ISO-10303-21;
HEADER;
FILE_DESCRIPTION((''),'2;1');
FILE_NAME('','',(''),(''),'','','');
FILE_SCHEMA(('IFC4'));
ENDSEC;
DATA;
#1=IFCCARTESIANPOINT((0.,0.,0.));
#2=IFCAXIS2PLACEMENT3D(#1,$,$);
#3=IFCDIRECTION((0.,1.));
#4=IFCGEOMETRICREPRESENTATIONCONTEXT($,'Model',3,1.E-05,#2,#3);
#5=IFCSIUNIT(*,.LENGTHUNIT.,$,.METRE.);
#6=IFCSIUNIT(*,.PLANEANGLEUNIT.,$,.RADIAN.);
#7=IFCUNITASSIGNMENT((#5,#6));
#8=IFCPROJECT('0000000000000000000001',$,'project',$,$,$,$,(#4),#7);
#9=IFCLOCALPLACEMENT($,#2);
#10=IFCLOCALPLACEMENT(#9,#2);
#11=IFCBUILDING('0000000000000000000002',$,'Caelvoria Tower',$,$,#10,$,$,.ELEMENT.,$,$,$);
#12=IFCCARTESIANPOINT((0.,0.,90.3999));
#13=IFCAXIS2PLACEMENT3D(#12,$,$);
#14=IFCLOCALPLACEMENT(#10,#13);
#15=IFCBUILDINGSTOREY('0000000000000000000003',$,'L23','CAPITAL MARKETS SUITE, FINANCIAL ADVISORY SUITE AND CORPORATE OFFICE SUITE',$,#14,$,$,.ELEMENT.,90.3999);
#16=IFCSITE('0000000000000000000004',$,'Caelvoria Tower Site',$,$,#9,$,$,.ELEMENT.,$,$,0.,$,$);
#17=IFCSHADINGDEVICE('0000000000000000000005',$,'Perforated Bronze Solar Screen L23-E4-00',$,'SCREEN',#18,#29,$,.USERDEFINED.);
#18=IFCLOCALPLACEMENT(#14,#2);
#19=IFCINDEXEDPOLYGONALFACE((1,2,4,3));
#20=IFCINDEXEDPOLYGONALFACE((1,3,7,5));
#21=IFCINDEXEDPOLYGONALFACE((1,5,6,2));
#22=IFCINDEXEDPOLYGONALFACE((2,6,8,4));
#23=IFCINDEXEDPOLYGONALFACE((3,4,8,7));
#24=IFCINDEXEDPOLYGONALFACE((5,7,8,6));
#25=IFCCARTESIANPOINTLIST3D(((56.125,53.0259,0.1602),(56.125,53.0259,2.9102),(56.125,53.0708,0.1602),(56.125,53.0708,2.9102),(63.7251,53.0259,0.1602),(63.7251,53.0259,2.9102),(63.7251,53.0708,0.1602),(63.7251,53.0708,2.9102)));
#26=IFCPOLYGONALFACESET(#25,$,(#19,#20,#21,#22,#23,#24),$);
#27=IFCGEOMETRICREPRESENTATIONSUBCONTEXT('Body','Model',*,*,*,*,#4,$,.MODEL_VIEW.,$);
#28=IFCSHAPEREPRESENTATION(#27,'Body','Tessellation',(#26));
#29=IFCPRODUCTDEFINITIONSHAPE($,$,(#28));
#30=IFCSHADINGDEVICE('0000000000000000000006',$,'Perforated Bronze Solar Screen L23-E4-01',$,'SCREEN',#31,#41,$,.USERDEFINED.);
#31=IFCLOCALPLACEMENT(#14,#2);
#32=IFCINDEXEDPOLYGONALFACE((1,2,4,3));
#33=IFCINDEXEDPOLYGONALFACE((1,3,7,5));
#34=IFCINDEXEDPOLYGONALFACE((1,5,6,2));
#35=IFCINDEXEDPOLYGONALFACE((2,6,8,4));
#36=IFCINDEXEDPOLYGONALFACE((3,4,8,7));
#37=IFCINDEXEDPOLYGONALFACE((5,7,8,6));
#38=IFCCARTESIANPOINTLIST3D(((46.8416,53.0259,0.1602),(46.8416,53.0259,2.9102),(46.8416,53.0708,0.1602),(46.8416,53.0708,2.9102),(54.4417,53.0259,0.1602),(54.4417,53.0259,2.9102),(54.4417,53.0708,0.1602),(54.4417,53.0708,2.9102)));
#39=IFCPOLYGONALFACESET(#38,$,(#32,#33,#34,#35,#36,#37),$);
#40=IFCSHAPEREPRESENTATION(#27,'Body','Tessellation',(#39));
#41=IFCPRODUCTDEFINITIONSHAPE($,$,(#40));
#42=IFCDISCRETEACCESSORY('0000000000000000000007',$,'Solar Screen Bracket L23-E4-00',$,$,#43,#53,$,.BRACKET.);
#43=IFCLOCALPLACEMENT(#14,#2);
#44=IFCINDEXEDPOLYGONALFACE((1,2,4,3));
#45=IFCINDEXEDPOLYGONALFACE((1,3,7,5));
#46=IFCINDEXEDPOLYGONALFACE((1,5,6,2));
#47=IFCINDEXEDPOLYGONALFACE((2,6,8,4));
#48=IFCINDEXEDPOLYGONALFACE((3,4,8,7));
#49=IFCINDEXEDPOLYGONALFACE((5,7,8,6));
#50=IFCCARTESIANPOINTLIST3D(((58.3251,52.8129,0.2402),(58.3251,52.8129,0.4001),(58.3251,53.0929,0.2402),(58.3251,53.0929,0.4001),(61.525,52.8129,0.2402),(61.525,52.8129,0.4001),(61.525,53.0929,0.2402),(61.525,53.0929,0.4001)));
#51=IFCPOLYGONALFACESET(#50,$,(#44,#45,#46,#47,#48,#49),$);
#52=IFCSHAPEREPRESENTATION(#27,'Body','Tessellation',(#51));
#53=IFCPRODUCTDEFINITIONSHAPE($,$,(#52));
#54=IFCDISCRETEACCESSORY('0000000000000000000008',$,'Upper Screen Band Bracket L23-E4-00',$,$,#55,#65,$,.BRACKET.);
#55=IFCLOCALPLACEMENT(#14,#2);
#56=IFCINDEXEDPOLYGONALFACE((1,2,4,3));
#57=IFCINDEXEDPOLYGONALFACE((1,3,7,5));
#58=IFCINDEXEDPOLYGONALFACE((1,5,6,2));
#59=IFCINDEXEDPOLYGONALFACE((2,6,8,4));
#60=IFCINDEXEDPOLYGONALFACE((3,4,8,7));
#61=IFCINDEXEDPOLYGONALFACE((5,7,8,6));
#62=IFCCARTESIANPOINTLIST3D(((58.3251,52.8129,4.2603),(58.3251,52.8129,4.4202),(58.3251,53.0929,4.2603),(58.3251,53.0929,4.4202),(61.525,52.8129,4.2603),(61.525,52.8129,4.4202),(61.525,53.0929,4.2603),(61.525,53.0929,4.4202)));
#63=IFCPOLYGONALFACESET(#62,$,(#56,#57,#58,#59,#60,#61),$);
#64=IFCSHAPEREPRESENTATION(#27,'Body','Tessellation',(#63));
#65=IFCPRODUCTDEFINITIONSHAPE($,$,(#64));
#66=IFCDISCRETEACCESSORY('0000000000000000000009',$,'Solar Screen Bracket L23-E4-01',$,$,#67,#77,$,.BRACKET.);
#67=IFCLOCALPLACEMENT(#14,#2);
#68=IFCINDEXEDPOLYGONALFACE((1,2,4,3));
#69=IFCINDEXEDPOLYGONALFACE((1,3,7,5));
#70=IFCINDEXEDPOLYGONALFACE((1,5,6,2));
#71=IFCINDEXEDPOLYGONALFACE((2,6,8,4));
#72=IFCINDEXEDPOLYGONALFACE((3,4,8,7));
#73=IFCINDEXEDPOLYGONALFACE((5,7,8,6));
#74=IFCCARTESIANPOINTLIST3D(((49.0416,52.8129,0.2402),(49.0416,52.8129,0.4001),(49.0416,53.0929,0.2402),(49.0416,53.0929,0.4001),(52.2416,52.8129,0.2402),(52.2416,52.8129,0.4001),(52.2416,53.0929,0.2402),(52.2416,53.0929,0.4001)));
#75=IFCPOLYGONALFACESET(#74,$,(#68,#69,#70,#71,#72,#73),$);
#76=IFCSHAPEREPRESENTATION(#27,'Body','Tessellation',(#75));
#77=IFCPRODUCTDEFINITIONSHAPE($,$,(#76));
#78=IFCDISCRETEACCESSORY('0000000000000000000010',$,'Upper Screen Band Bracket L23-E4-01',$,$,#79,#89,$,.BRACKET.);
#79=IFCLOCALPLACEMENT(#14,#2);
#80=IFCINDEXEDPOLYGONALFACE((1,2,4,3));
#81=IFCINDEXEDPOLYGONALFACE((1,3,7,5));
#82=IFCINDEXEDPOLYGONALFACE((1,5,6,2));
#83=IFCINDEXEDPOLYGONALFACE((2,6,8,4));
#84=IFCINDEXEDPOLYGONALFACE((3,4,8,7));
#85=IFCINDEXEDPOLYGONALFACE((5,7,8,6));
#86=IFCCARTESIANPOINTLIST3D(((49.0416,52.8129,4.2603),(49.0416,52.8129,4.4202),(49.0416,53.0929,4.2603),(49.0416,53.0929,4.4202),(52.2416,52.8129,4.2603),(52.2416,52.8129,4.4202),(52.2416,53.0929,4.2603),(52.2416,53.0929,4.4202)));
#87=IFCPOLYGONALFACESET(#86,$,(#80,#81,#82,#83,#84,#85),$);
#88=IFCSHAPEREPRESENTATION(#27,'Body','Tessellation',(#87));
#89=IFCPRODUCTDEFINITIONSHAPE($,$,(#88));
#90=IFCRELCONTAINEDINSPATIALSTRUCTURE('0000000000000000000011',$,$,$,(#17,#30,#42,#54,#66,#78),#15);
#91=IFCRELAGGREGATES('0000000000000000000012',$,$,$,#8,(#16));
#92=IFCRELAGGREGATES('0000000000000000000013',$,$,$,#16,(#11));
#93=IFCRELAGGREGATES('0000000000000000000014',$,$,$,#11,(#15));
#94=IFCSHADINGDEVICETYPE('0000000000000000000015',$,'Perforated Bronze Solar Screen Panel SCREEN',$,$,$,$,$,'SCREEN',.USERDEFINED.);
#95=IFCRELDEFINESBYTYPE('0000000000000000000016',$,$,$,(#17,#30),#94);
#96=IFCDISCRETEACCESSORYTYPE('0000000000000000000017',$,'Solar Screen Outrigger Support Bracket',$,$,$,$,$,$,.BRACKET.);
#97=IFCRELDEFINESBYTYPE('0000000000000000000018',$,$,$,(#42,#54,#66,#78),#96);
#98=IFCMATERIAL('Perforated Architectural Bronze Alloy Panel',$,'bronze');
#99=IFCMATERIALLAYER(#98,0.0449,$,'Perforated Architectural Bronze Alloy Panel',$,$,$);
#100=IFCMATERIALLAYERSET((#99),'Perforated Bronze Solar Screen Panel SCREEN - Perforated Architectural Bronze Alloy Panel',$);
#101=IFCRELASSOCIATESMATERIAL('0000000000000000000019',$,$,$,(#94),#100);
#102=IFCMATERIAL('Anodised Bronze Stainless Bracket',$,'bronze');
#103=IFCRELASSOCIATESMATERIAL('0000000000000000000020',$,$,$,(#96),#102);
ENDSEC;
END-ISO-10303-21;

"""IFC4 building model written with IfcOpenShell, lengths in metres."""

from ifc_helpers import new_model, si_unit, direction, frame, origin, origin_2d, place, context, subcontext, project, spatial, rectangle, extrude, material, layer, layer_set, type_object, element, save


model = new_model("IFC4")

# Units and contexts
model_context = context("Model", 3, precision=1e-05, world=origin(), true_north=direction((0.0, 1.0)))
body_context = subcontext(model_context, "Body", "Model", "MODEL_VIEW")
ifc_project = project(units=[si_unit("LENGTHUNIT", "METRE"), si_unit("PLANEANGLEUNIT", "RADIAN")], contexts=[model_context])

# Site, building, storey
site_placement = place(None, origin())
site = spatial("IfcSite", under=ifc_project, at=site_placement, Name="Caelvoria Tower Site", CompositionType="ELEMENT", RefElevation=0.0)
building_placement = place(site_placement, origin())
building = spatial("IfcBuilding", under=site, at=building_placement, Name="Caelvoria Tower", CompositionType="ELEMENT")
storey_placement = place(building_placement, frame((0.0, 0.0, 90.3999)))
storey = spatial("IfcBuildingStorey", under=building, at=storey_placement, Name="L23", Description="CAPITAL MARKETS SUITE, FINANCIAL ADVISORY SUITE AND CORPORATE OFFICE SUITE", CompositionType="ELEMENT", Elevation=90.3999)

# Shading devices
ifc_material_1 = material(Name="Perforated Architectural Bronze Alloy Panel", Category="bronze")
ifc_layer_1 = layer(ifc_material_1, 0.0449, Name="Perforated Architectural Bronze Alloy Panel")
ifc_layer_set_1 = layer_set([ifc_layer_1], Name="Perforated Bronze Solar Screen Panel SCREEN - Perforated Architectural Bronze Alloy Panel")
shading_device_type = type_object("IfcShadingDeviceType", Name="Perforated Bronze Solar Screen Panel SCREEN", ElementType="SCREEN", PredefinedType="USERDEFINED", material=ifc_layer_set_1)
for number, where, z_axis, x_axis, name in (
    (1, (59.925, 53.0483, 0.1602), (0.0, 0.0, 1.0), (-1.0, 0.0, 0.0), "Perforated Bronze Solar Screen L23-E4-00"),
    (2, (50.6416, 53.0483, 0.1602), (0.0, 0.0, 1.0), (-1.0, 0.0, 0.0), "Perforated Bronze Solar Screen L23-E4-01"),
):
    element("IfcShadingDevice", number, at=place(storey_placement, frame(where, z_axis=z_axis, x_axis=x_axis)), inside=storey, type_object=shading_device_type, Name=name, ObjectType="SCREEN", PredefinedType="USERDEFINED", context=body_context, shape_type="SweptSolid", body=[
        extrude(rectangle(XDim=7.6001, YDim=0.0449, at=origin_2d()), origin(), (0.0, 0.0, 1.0), 2.75),
    ])

# Discrete accessories
ifc_material_2 = material(Name="Anodised Bronze Stainless Bracket", Category="bronze")
discrete_accessory_type = type_object("IfcDiscreteAccessoryType", Name="Solar Screen Outrigger Support Bracket", PredefinedType="BRACKET", material=ifc_material_2)
for number, where, z_axis, x_axis, name in (
    (3, (59.925, 52.9529, 0.2402), (0.0, 0.0, 1.0), (-1.0, 0.0, 0.0), "Solar Screen Bracket L23-E4-00"),
    (4, (59.925, 52.9529, 4.2603), (0.0, 0.0, 1.0), (-1.0, 0.0, 0.0), "Upper Screen Band Bracket L23-E4-00"),
    (5, (50.6416, 52.9529, 0.2402), (0.0, 0.0, 1.0), (-1.0, 0.0, 0.0), "Solar Screen Bracket L23-E4-01"),
    (6, (50.6416, 52.9529, 4.2603), (0.0, 0.0, 1.0), (-1.0, 0.0, 0.0), "Upper Screen Band Bracket L23-E4-01"),
):
    element("IfcDiscreteAccessory", number, at=place(storey_placement, frame(where, z_axis=z_axis, x_axis=x_axis)), inside=storey, type_object=discrete_accessory_type, Name=name, PredefinedType="BRACKET", context=body_context, shape_type="SweptSolid", body=[
        extrude(rectangle(XDim=3.2, YDim=0.28, at=origin_2d()), origin(), (0.0, 0.0, 1.0), 0.1599),
    ])

save(model, "model.ifc")
